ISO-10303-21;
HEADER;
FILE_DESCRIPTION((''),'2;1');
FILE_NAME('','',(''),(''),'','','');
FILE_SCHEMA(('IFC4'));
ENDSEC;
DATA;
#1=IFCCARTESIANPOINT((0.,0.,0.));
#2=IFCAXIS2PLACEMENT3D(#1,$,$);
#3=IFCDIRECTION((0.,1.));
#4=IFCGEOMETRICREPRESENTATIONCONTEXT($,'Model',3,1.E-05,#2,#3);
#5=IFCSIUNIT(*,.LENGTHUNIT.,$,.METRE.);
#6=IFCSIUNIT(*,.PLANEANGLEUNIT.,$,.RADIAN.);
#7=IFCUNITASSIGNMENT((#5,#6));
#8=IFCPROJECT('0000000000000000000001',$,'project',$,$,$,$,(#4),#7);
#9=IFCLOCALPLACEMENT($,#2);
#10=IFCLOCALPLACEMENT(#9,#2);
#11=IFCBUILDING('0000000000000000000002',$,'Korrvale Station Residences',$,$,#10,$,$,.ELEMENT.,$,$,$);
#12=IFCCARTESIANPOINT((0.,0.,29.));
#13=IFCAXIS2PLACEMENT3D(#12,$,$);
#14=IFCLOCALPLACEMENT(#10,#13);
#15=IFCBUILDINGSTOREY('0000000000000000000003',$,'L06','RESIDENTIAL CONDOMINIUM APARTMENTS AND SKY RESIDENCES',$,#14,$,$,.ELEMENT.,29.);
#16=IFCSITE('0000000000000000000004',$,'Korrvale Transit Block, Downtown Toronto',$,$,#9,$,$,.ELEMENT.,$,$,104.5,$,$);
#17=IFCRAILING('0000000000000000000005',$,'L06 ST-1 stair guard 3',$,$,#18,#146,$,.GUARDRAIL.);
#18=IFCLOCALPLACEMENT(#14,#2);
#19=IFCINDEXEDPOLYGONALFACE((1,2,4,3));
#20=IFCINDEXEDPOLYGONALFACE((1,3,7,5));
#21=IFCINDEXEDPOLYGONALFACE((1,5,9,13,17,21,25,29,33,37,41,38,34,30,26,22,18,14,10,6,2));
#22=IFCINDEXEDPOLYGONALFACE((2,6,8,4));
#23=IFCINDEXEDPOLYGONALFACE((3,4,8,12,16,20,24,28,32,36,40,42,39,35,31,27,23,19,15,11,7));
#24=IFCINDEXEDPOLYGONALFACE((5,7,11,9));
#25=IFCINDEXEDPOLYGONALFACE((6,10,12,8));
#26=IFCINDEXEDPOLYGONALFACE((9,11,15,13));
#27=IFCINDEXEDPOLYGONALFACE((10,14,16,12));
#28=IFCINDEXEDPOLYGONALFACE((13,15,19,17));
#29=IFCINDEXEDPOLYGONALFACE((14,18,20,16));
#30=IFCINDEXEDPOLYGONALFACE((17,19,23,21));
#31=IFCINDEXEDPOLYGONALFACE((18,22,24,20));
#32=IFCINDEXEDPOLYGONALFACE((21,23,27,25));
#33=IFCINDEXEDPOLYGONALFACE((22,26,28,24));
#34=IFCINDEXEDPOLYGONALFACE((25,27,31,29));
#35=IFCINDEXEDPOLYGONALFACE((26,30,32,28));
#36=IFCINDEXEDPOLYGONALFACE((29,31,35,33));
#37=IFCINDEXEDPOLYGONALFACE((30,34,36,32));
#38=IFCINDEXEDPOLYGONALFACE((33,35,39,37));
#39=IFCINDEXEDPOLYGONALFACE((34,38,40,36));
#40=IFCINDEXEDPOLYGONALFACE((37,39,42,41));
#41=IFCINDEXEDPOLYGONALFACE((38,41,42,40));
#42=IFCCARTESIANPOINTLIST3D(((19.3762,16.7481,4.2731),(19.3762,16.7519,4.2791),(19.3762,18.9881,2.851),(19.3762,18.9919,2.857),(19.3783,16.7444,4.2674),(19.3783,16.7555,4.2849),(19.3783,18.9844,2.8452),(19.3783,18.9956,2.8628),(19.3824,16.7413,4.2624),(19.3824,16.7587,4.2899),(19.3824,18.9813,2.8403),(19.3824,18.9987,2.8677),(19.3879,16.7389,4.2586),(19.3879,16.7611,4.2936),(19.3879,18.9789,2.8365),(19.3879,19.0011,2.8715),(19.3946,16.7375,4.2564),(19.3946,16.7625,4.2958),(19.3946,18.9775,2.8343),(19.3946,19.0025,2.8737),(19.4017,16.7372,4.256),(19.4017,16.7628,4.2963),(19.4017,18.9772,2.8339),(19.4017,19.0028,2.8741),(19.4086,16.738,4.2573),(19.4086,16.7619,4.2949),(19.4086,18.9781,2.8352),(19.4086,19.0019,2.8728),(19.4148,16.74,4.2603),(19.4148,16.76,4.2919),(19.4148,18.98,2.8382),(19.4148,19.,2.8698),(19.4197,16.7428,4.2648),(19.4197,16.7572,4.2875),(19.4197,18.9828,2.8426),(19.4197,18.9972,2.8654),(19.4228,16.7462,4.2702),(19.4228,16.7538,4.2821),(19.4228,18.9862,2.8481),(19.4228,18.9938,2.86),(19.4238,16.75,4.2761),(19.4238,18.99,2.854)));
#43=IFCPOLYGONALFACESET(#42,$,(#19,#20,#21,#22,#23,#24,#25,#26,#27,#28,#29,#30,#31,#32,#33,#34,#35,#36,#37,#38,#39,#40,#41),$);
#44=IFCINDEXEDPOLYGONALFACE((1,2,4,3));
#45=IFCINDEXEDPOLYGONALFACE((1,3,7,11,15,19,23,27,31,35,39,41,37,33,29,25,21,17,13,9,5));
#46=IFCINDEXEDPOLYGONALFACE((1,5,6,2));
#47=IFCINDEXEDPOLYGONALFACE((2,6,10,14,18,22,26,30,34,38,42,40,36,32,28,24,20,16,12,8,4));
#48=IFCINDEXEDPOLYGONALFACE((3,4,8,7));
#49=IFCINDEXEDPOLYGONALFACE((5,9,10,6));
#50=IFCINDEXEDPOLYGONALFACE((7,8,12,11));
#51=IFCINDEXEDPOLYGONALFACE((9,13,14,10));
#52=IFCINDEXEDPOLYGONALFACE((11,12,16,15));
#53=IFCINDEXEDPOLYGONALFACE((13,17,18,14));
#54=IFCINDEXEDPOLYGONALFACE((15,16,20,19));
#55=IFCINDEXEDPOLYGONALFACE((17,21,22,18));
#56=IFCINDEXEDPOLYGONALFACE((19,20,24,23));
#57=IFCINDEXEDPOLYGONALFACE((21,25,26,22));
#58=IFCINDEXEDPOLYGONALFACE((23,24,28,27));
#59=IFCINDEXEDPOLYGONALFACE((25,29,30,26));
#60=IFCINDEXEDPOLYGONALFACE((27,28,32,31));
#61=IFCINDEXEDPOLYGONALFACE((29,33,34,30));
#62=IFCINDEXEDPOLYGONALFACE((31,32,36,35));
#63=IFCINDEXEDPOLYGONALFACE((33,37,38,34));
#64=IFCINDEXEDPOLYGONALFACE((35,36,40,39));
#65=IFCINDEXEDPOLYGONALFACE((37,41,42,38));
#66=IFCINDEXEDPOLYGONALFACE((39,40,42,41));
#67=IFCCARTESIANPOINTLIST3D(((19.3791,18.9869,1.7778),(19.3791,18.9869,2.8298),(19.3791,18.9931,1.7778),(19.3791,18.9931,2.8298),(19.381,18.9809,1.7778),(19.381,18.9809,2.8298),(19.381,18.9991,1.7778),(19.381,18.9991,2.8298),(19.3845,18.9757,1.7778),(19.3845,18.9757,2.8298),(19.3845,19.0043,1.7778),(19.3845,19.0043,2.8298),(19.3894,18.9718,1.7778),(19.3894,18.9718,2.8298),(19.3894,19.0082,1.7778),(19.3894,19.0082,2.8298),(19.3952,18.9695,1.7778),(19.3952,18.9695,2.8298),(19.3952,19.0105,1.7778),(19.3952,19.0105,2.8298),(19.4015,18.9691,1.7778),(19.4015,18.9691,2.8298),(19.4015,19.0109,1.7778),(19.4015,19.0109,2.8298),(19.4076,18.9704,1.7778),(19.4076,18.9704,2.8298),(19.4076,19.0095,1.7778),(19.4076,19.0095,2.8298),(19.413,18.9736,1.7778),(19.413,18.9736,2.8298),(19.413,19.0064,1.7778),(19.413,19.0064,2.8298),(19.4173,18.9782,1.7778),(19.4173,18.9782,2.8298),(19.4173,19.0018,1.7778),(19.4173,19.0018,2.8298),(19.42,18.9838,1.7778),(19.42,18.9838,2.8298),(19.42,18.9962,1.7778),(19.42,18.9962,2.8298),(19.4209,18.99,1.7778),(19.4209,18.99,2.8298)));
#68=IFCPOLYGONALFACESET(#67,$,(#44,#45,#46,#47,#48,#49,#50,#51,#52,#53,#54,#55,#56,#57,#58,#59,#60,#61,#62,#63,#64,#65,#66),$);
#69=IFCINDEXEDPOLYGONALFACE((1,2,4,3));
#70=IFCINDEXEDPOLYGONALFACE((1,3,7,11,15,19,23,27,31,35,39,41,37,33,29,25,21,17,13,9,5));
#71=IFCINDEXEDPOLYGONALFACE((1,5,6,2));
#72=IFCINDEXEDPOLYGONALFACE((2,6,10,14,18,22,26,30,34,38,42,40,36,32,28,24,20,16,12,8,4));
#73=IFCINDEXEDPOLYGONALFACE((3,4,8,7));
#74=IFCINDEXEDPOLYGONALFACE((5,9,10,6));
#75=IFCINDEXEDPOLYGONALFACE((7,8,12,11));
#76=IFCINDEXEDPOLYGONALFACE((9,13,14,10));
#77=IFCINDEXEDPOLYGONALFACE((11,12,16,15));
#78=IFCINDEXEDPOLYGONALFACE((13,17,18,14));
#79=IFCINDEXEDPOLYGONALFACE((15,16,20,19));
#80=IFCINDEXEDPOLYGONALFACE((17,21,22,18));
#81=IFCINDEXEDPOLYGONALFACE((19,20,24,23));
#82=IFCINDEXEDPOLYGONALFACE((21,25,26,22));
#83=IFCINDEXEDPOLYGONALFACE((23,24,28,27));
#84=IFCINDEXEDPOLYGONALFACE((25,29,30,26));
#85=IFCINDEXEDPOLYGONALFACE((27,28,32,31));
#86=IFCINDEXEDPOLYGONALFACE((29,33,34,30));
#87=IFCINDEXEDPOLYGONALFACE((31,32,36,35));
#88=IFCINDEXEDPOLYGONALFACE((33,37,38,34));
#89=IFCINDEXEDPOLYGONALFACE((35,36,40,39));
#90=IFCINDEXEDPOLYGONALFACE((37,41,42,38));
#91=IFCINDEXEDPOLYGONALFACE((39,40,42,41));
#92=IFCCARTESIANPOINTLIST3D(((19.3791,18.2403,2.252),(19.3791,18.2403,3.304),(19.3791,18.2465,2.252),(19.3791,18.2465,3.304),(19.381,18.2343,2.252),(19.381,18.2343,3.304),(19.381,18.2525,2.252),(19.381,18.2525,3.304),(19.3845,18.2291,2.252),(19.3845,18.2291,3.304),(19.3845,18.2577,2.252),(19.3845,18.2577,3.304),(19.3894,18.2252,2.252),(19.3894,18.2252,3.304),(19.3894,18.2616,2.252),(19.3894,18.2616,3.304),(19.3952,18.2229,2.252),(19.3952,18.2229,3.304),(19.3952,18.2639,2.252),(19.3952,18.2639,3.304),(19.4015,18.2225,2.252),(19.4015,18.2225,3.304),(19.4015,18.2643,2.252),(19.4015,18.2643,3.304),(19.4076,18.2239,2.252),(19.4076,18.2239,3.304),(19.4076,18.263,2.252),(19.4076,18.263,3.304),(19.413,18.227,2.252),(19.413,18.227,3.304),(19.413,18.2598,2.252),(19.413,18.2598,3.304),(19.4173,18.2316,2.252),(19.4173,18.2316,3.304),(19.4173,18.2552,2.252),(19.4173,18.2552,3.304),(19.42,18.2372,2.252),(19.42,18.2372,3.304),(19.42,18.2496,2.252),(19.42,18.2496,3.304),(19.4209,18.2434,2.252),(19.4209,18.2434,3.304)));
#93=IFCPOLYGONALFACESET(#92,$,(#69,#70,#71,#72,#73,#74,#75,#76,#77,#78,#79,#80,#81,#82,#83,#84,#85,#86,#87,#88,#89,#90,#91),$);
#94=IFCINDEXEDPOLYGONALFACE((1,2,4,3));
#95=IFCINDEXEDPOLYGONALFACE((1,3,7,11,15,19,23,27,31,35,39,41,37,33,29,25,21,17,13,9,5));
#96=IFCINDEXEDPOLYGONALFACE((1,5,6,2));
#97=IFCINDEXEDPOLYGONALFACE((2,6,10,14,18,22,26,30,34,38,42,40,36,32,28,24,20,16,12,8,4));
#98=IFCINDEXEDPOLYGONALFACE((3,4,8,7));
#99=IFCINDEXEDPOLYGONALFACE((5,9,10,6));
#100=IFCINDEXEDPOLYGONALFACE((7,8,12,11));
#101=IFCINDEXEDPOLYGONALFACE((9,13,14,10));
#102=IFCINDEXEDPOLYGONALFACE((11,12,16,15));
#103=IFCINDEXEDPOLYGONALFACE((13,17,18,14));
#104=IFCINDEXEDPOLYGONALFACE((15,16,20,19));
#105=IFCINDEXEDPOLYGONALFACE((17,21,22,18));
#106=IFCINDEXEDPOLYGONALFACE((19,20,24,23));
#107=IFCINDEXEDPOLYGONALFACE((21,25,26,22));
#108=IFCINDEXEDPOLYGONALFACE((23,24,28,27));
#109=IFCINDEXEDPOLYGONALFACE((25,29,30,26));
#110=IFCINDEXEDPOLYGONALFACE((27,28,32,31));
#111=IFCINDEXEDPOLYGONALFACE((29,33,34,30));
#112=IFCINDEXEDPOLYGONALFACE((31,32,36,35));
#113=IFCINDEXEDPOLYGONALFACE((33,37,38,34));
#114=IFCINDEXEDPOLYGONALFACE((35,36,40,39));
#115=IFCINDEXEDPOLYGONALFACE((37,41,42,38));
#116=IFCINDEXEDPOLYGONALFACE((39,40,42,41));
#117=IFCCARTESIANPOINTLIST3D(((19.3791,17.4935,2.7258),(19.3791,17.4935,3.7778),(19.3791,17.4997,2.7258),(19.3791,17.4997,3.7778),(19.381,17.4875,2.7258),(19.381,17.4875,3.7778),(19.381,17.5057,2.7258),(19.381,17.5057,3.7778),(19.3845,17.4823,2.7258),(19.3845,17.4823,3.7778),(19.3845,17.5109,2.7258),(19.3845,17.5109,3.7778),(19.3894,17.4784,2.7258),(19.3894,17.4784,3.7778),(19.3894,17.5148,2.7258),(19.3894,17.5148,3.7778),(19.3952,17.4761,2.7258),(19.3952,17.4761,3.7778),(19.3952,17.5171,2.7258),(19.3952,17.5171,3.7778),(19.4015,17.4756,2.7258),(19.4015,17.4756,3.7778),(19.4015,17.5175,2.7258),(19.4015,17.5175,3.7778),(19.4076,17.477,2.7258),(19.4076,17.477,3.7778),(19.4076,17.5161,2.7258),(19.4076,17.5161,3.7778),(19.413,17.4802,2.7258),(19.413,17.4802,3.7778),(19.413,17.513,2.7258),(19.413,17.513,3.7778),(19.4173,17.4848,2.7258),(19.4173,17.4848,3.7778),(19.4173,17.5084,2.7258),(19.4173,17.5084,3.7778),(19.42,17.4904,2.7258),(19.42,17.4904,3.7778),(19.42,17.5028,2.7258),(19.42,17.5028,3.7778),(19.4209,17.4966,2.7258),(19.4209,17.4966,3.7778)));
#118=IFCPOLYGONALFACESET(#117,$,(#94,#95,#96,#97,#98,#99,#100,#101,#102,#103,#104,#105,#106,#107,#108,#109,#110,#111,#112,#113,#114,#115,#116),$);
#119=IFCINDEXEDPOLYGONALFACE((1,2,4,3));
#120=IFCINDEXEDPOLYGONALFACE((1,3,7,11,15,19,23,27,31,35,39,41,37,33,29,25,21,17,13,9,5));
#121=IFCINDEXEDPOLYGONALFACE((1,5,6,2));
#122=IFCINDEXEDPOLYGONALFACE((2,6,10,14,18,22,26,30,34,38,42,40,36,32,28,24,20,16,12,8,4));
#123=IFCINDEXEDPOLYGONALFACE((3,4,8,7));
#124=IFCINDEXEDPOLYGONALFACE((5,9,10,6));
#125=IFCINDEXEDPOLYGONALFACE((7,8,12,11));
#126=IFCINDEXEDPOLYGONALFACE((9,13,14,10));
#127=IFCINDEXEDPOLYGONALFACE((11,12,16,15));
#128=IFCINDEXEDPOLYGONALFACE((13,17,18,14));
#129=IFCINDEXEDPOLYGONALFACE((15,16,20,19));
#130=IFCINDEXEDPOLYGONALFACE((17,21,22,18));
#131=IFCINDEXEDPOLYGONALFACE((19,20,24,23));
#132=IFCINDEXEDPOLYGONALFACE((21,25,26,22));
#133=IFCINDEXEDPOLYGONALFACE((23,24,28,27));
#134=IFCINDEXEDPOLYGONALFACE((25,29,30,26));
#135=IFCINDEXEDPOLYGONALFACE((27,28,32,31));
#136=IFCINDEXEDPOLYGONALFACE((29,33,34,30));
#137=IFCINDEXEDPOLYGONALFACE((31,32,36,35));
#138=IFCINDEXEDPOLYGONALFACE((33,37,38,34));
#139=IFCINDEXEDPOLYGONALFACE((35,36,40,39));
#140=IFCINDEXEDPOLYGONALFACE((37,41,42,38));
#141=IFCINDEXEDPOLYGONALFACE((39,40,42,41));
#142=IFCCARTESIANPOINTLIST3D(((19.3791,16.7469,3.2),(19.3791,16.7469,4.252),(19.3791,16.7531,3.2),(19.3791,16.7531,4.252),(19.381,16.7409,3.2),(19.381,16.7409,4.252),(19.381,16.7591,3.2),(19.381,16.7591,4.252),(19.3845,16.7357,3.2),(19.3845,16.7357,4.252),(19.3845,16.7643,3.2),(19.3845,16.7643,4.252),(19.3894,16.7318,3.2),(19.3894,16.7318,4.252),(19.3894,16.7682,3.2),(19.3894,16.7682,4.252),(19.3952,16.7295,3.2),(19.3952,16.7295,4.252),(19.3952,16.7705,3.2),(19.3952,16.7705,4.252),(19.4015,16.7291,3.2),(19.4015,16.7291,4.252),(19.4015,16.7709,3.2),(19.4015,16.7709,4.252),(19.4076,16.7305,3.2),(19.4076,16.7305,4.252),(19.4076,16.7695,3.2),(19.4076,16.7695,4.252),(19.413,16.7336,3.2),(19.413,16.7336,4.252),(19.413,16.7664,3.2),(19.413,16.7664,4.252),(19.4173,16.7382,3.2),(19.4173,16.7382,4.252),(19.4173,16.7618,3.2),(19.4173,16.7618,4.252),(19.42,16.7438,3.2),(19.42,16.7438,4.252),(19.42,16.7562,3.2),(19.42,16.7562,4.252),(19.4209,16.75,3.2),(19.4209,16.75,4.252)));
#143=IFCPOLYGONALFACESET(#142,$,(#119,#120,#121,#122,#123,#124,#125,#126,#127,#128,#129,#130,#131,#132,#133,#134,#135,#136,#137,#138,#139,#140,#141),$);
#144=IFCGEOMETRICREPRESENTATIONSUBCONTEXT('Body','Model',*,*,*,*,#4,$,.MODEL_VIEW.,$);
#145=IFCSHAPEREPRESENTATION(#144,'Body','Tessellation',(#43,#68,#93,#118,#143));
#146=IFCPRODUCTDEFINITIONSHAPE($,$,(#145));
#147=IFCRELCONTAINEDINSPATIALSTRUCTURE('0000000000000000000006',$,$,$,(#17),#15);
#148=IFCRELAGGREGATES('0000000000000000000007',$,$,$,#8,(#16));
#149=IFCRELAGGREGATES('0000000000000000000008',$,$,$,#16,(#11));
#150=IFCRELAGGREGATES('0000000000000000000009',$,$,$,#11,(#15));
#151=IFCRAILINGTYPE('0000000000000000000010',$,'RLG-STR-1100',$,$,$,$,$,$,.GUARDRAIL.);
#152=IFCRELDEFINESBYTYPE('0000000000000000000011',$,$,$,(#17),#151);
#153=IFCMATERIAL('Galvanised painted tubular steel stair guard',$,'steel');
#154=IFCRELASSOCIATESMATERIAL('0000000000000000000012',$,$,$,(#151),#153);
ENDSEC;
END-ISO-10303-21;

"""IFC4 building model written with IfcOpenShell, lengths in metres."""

from ifc_helpers import new_model, si_unit, direction, frame, origin, origin_2d, place, context, subcontext, project, spatial, circle, extrude, material, type_object, element, save


model = new_model("IFC4")

# Units and contexts
model_context = context("Model", 3, precision=1e-05, world=origin(), true_north=direction((0.0, 1.0)))
body_context = subcontext(model_context, "Body", "Model", "MODEL_VIEW")
ifc_project = project(units=[si_unit("LENGTHUNIT", "METRE"), si_unit("PLANEANGLEUNIT", "RADIAN")], contexts=[model_context])

# Site, building, storey
site_placement = place(None, origin())
site = spatial("IfcSite", under=ifc_project, at=site_placement, Name="Korrvale Transit Block, Downtown Toronto", CompositionType="ELEMENT", RefElevation=104.5)
building_placement = place(site_placement, origin())
building = spatial("IfcBuilding", under=site, at=building_placement, Name="Korrvale Station Residences", CompositionType="ELEMENT")
storey_placement = place(building_placement, frame((0.0, 0.0, 29.0)))
storey = spatial("IfcBuildingStorey", under=building, at=storey_placement, Name="L06", Description="RESIDENTIAL CONDOMINIUM APARTMENTS AND SKY RESIDENCES", CompositionType="ELEMENT", Elevation=29.0)

# Railing
ifc_material_1 = material(Name="Galvanised painted tubular steel stair guard", Category="steel")
railing_type_1 = type_object("IfcRailingType", Name="RLG-STR-1100", PredefinedType="GUARDRAIL", material=ifc_material_1)
railing_1_placement = place(storey_placement, frame((19.3999, 18.99, 1.7778)))
element("IfcRailing", 1, at=railing_1_placement, inside=storey, type_object=railing_type_1, Name="L06 ST-1 stair guard 3", PredefinedType="GUARDRAIL", context=body_context, shape_type="SweptSolid", body=[
    extrude(circle(Radius=0.0239, at=origin_2d()), frame((0.0, 0.0, 1.0762), z_axis=(0.0, -0.844229, 0.535982), x_axis=(1.0, 0.0, 0.0)), (0.0, 0.0, 1.0), 2.6533),
    extrude(circle(Radius=0.021, at=origin_2d()), origin(), (0.0, 0.0, 1.0), 1.052),
    extrude(circle(Radius=0.021, at=origin_2d()), frame((0.0, -0.7466, 0.4741)), (0.0, 0.0, 1.0), 1.052),
    extrude(circle(Radius=0.021, at=origin_2d()), frame((0.0, -1.4934, 0.948)), (0.0, 0.0, 1.0), 1.052),
    extrude(circle(Radius=0.021, at=origin_2d()), frame((0.0, -2.24, 1.4221)), (0.0, 0.0, 1.0), 1.052),
])

save(model, "model.ifc")
